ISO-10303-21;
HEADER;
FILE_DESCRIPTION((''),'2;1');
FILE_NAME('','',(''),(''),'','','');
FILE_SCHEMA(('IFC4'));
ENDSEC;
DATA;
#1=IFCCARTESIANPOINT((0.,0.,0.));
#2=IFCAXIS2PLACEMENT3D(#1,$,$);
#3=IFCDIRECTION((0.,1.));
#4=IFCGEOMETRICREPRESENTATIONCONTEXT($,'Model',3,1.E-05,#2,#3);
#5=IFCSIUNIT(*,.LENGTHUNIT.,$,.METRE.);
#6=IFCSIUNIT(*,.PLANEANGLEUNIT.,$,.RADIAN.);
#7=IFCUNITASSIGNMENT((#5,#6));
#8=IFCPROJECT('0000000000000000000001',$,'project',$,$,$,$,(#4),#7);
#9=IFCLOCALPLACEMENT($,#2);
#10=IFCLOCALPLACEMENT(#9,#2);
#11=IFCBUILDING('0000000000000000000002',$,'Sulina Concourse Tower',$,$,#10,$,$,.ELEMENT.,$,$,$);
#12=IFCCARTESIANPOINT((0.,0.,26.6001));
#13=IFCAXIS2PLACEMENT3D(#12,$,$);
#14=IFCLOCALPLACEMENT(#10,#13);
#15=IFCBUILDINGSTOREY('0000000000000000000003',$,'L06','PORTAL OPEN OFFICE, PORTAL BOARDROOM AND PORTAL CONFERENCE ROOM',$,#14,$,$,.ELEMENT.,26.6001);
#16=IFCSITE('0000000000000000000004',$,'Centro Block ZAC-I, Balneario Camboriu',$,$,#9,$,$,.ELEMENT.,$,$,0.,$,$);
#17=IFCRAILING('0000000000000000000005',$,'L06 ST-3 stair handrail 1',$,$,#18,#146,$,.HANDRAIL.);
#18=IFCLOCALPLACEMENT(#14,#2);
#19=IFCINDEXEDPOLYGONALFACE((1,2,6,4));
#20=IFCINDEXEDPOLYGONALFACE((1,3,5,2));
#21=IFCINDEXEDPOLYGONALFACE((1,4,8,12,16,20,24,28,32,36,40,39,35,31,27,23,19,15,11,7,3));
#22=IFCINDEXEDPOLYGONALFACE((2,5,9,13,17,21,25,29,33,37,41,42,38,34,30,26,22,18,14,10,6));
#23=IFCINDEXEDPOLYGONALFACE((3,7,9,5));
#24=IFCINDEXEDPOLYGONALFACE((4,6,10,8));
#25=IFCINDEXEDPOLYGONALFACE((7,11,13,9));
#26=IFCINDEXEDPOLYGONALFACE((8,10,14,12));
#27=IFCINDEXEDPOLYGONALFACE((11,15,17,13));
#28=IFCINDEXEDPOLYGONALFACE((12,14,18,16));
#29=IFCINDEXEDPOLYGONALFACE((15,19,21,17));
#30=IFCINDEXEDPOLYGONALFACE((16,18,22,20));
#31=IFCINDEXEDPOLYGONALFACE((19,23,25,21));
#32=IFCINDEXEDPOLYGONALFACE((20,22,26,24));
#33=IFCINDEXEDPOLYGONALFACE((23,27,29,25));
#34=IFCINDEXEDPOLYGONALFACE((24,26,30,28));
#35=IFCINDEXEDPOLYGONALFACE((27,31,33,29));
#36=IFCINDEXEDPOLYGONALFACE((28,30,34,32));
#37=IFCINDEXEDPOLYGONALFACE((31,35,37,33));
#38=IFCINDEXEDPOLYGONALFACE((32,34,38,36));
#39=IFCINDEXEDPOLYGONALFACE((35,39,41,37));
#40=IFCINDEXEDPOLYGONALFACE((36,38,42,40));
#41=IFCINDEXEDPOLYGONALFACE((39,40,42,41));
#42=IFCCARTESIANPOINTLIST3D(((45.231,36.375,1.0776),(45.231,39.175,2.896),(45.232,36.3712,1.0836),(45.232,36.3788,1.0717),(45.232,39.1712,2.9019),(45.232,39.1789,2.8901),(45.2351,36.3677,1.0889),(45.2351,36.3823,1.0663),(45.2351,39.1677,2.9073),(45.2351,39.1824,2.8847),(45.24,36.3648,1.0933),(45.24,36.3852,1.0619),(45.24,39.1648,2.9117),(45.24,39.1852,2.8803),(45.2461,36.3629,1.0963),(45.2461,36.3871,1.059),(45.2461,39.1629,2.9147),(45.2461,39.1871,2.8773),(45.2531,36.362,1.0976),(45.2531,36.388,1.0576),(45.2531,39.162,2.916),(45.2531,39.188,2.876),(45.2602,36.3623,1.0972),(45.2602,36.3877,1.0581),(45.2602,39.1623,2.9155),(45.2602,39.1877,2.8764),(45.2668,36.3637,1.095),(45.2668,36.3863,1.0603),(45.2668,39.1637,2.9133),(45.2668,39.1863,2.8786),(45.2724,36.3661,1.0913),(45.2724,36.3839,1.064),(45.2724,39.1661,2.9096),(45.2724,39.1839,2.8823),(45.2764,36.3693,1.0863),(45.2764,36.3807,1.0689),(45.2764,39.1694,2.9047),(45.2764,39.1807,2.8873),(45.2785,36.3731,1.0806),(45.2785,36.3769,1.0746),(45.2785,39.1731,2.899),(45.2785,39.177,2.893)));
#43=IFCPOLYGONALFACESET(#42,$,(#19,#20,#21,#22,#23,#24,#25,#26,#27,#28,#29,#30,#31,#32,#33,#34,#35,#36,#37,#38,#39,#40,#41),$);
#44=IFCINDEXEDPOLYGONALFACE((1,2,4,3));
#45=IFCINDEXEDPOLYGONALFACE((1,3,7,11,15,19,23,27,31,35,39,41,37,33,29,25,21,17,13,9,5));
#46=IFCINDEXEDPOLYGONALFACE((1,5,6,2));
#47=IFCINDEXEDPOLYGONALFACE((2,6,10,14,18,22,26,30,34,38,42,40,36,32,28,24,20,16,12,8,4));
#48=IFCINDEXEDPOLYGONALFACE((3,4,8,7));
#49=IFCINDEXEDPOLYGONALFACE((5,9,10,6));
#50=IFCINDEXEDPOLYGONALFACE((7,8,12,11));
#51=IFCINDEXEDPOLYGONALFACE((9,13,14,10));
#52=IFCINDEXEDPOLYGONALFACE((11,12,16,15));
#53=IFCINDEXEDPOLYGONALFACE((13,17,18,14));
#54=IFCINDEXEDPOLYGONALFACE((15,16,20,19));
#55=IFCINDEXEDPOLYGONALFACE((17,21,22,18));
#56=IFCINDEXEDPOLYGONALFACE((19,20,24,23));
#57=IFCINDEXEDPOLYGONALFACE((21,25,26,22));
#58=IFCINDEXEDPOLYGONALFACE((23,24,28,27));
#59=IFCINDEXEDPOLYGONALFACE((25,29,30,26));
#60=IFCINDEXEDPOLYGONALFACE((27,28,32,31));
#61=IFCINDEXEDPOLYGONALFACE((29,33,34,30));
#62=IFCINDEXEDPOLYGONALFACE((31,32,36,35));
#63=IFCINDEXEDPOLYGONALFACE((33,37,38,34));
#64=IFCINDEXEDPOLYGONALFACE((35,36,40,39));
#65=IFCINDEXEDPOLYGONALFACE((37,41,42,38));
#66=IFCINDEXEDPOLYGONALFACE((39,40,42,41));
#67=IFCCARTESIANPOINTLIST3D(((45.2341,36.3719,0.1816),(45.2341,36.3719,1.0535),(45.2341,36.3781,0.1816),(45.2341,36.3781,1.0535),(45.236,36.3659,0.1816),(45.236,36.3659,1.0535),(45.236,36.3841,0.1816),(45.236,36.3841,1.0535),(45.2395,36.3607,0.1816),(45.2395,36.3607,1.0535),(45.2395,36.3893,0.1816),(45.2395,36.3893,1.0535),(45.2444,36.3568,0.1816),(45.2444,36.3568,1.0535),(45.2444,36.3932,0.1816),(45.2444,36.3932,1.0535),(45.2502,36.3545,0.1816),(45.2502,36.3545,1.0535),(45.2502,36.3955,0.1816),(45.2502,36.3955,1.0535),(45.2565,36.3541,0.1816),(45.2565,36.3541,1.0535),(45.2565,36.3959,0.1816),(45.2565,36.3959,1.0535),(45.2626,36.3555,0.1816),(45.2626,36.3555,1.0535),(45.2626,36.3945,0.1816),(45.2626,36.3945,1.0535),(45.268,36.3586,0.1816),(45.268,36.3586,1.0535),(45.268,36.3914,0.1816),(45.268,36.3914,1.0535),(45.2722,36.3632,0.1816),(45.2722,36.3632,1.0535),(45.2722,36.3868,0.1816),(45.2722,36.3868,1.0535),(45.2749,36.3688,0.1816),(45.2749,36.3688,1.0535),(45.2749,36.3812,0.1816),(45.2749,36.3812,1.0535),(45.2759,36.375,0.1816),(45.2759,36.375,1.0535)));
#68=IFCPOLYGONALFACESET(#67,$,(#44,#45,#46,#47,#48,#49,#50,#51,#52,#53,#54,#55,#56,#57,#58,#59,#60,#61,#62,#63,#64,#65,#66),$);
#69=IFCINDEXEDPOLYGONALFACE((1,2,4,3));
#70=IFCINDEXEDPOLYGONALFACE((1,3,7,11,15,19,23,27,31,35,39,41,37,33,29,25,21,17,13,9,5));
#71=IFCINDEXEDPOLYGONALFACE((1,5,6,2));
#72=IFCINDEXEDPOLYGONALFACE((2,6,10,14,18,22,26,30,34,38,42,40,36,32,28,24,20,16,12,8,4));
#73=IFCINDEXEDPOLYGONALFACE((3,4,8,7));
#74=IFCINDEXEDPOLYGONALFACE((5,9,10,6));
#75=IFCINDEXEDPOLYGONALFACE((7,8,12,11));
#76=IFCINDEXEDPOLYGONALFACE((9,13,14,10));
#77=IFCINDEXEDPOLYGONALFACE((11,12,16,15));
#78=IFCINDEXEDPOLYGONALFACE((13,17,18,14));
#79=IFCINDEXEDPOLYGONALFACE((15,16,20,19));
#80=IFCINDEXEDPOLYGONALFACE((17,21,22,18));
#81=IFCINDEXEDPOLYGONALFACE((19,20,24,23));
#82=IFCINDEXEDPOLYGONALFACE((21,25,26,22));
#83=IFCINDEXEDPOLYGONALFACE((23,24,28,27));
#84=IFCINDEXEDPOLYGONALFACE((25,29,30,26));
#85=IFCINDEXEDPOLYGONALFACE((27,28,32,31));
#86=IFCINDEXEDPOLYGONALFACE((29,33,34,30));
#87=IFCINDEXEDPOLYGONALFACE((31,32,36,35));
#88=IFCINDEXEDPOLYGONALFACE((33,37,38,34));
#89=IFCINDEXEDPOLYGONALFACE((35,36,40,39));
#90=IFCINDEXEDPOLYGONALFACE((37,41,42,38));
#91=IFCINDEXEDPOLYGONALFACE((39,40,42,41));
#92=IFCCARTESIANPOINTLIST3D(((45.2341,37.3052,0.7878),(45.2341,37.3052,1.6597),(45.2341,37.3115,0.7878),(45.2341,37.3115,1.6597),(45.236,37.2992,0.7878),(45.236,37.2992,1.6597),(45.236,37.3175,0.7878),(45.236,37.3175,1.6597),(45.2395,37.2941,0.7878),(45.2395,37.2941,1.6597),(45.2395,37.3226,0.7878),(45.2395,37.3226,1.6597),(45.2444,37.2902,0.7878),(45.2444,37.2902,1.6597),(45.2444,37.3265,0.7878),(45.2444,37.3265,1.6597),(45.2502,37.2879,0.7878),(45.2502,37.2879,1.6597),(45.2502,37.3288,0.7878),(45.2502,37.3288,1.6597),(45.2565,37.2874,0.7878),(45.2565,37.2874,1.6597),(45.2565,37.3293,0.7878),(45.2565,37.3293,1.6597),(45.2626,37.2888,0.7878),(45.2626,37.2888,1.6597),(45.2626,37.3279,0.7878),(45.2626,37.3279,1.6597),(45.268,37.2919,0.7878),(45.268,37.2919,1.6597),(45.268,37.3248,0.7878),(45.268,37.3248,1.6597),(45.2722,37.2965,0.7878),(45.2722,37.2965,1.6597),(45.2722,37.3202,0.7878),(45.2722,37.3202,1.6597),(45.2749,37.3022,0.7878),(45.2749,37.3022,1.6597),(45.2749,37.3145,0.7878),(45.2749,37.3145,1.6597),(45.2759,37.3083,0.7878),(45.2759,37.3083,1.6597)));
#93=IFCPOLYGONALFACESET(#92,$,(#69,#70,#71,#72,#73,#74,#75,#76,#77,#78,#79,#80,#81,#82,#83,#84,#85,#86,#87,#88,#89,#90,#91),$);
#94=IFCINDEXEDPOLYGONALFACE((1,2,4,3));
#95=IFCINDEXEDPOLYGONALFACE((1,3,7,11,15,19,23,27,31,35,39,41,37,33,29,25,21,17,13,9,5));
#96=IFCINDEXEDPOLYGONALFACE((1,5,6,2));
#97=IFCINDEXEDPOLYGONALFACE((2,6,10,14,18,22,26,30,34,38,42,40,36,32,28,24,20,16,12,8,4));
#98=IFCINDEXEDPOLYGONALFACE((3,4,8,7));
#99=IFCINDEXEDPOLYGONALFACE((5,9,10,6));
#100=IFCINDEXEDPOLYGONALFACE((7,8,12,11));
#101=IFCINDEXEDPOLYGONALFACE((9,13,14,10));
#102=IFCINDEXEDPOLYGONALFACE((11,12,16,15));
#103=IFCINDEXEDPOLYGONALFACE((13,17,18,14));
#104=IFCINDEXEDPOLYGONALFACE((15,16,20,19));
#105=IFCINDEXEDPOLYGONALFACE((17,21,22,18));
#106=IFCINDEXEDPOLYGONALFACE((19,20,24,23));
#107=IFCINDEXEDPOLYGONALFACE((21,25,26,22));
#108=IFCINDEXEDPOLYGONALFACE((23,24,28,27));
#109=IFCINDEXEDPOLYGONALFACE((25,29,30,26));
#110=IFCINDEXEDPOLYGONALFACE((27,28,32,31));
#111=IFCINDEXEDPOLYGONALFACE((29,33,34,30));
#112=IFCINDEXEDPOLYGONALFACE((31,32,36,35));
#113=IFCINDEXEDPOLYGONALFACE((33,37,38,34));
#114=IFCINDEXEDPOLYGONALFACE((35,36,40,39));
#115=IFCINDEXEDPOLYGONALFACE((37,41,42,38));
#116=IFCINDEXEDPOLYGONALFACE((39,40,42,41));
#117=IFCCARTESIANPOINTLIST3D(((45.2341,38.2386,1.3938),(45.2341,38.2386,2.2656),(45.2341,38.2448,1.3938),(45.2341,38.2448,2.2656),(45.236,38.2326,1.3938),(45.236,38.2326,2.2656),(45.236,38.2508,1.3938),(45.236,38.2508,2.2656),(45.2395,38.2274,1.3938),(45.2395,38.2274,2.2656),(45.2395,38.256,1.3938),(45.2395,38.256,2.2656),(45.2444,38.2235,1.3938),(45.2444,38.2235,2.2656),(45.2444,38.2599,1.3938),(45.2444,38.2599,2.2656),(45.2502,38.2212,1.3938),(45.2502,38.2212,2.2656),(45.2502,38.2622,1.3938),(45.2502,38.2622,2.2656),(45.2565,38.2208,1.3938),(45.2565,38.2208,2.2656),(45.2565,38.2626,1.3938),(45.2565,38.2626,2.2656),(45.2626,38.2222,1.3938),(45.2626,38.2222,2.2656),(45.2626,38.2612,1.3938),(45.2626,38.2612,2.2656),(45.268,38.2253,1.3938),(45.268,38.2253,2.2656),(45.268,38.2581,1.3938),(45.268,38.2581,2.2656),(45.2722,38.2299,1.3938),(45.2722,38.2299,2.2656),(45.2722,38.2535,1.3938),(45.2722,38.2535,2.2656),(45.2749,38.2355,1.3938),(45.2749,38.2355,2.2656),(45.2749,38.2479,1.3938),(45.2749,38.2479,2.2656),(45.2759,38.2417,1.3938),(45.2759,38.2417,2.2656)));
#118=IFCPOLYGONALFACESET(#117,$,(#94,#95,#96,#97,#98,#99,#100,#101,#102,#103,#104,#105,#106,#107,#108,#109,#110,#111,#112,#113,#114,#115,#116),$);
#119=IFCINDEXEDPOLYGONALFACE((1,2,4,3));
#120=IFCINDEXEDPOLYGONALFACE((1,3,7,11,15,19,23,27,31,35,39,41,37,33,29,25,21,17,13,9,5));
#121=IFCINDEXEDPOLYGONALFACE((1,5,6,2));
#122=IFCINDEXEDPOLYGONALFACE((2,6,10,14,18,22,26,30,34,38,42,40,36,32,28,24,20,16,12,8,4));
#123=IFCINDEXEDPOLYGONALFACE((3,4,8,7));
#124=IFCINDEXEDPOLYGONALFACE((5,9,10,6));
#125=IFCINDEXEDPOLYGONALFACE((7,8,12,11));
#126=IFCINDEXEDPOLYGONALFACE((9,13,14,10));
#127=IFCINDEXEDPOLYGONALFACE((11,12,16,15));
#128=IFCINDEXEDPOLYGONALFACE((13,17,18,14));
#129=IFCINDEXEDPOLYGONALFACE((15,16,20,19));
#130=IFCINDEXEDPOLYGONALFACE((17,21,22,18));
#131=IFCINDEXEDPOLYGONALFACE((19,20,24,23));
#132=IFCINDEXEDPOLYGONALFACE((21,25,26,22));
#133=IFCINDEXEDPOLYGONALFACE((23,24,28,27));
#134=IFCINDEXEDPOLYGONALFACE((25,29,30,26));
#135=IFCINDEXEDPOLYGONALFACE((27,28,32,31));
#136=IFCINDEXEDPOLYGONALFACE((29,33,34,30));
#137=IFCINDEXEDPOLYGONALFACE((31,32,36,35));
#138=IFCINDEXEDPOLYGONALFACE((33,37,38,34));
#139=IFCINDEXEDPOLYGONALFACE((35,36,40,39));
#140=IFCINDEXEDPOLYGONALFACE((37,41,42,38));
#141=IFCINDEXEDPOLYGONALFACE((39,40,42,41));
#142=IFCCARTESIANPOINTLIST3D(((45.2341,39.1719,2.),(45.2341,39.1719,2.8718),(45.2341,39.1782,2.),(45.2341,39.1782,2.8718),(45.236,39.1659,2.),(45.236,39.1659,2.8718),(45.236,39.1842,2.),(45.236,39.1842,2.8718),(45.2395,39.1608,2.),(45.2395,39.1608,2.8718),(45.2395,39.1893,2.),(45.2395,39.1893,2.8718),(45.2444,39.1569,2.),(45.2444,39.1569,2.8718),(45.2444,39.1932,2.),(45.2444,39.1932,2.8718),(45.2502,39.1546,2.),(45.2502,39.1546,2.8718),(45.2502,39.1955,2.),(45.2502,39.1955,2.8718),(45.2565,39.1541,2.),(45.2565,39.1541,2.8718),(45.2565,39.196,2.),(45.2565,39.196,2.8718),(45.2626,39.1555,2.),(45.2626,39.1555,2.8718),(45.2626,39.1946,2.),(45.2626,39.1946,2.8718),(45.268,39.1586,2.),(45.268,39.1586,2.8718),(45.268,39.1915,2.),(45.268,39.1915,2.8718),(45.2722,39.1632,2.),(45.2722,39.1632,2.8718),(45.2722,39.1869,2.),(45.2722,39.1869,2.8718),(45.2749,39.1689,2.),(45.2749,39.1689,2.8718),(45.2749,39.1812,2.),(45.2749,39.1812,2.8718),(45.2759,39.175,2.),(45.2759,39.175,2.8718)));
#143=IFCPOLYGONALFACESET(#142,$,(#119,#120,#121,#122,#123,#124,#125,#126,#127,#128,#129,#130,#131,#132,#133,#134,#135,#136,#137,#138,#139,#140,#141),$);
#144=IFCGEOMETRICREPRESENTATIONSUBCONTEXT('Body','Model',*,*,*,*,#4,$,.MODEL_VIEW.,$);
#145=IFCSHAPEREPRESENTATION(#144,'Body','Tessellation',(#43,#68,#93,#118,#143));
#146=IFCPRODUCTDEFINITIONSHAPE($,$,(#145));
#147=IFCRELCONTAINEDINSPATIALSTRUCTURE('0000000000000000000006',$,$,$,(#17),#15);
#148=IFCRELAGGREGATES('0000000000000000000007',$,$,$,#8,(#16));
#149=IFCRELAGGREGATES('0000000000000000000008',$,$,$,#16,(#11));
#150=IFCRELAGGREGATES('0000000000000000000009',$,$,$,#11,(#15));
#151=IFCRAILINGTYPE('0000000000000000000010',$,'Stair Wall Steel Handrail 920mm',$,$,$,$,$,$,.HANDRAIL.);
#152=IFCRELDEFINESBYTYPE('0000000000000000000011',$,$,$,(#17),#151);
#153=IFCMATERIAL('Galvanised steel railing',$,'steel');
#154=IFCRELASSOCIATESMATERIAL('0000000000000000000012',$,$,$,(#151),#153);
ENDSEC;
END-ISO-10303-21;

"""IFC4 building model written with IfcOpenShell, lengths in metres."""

from ifc_helpers import new_model, si_unit, direction, frame, origin, origin_2d, place, context, subcontext, project, spatial, circle, extrude, material, type_object, element, save


model = new_model("IFC4")

# Units and contexts
model_context = context("Model", 3, precision=1e-05, world=origin(), true_north=direction((0.0, 1.0)))
body_context = subcontext(model_context, "Body", "Model", "MODEL_VIEW")
ifc_project = project(units=[si_unit("LENGTHUNIT", "METRE"), si_unit("PLANEANGLEUNIT", "RADIAN")], contexts=[model_context])

# Site, building, storey
site_placement = place(None, origin())
site = spatial("IfcSite", under=ifc_project, at=site_placement, Name="Centro Block ZAC-I, Balneario Camboriu", CompositionType="ELEMENT", RefElevation=0.0)
building_placement = place(site_placement, origin())
building = spatial("IfcBuilding", under=site, at=building_placement, Name="Sulina Concourse Tower", CompositionType="ELEMENT")
storey_placement = place(building_placement, frame((0.0, 0.0, 26.6001)))
storey = spatial("IfcBuildingStorey", under=building, at=storey_placement, Name="L06", Description="PORTAL OPEN OFFICE, PORTAL BOARDROOM AND PORTAL CONFERENCE ROOM", CompositionType="ELEMENT", Elevation=26.6001)

# Railing
ifc_material_1 = material(Name="Galvanised steel railing", Category="steel")
railing_type_1 = type_object("IfcRailingType", Name="Stair Wall Steel Handrail 920mm", PredefinedType="HANDRAIL", material=ifc_material_1)
railing_1_placement = place(storey_placement, frame((45.2549, 36.375, 0.1816)))
element("IfcRailing", 1, at=railing_1_placement, inside=storey, type_object=railing_type_1, Name="L06 ST-3 stair handrail 1", PredefinedType="HANDRAIL", context=body_context, shape_type="SweptSolid", body=[
    extrude(circle(Radius=0.0239, at=origin_2d()), frame((0.0, 0.0, 0.896), z_axis=(0.0, 0.838672, 0.544636), x_axis=(-1.0, 0.0, 0.0)), (0.0, 0.0, 1.0), 3.3386),
    extrude(circle(Radius=0.021, at=origin_2d()), origin(), (0.0, 0.0, 1.0), 0.8718),
    extrude(circle(Radius=0.021, at=origin_2d()), frame((0.0, 0.9333, 0.6062)), (0.0, 0.0, 1.0), 0.8718),
    extrude(circle(Radius=0.021, at=origin_2d()), frame((0.0, 1.8667, 1.2122)), (0.0, 0.0, 1.0), 0.8718),
    extrude(circle(Radius=0.021, at=origin_2d()), frame((0.0, 2.8, 1.8184)), (0.0, 0.0, 1.0), 0.8718),
])

save(model, "model.ifc")
